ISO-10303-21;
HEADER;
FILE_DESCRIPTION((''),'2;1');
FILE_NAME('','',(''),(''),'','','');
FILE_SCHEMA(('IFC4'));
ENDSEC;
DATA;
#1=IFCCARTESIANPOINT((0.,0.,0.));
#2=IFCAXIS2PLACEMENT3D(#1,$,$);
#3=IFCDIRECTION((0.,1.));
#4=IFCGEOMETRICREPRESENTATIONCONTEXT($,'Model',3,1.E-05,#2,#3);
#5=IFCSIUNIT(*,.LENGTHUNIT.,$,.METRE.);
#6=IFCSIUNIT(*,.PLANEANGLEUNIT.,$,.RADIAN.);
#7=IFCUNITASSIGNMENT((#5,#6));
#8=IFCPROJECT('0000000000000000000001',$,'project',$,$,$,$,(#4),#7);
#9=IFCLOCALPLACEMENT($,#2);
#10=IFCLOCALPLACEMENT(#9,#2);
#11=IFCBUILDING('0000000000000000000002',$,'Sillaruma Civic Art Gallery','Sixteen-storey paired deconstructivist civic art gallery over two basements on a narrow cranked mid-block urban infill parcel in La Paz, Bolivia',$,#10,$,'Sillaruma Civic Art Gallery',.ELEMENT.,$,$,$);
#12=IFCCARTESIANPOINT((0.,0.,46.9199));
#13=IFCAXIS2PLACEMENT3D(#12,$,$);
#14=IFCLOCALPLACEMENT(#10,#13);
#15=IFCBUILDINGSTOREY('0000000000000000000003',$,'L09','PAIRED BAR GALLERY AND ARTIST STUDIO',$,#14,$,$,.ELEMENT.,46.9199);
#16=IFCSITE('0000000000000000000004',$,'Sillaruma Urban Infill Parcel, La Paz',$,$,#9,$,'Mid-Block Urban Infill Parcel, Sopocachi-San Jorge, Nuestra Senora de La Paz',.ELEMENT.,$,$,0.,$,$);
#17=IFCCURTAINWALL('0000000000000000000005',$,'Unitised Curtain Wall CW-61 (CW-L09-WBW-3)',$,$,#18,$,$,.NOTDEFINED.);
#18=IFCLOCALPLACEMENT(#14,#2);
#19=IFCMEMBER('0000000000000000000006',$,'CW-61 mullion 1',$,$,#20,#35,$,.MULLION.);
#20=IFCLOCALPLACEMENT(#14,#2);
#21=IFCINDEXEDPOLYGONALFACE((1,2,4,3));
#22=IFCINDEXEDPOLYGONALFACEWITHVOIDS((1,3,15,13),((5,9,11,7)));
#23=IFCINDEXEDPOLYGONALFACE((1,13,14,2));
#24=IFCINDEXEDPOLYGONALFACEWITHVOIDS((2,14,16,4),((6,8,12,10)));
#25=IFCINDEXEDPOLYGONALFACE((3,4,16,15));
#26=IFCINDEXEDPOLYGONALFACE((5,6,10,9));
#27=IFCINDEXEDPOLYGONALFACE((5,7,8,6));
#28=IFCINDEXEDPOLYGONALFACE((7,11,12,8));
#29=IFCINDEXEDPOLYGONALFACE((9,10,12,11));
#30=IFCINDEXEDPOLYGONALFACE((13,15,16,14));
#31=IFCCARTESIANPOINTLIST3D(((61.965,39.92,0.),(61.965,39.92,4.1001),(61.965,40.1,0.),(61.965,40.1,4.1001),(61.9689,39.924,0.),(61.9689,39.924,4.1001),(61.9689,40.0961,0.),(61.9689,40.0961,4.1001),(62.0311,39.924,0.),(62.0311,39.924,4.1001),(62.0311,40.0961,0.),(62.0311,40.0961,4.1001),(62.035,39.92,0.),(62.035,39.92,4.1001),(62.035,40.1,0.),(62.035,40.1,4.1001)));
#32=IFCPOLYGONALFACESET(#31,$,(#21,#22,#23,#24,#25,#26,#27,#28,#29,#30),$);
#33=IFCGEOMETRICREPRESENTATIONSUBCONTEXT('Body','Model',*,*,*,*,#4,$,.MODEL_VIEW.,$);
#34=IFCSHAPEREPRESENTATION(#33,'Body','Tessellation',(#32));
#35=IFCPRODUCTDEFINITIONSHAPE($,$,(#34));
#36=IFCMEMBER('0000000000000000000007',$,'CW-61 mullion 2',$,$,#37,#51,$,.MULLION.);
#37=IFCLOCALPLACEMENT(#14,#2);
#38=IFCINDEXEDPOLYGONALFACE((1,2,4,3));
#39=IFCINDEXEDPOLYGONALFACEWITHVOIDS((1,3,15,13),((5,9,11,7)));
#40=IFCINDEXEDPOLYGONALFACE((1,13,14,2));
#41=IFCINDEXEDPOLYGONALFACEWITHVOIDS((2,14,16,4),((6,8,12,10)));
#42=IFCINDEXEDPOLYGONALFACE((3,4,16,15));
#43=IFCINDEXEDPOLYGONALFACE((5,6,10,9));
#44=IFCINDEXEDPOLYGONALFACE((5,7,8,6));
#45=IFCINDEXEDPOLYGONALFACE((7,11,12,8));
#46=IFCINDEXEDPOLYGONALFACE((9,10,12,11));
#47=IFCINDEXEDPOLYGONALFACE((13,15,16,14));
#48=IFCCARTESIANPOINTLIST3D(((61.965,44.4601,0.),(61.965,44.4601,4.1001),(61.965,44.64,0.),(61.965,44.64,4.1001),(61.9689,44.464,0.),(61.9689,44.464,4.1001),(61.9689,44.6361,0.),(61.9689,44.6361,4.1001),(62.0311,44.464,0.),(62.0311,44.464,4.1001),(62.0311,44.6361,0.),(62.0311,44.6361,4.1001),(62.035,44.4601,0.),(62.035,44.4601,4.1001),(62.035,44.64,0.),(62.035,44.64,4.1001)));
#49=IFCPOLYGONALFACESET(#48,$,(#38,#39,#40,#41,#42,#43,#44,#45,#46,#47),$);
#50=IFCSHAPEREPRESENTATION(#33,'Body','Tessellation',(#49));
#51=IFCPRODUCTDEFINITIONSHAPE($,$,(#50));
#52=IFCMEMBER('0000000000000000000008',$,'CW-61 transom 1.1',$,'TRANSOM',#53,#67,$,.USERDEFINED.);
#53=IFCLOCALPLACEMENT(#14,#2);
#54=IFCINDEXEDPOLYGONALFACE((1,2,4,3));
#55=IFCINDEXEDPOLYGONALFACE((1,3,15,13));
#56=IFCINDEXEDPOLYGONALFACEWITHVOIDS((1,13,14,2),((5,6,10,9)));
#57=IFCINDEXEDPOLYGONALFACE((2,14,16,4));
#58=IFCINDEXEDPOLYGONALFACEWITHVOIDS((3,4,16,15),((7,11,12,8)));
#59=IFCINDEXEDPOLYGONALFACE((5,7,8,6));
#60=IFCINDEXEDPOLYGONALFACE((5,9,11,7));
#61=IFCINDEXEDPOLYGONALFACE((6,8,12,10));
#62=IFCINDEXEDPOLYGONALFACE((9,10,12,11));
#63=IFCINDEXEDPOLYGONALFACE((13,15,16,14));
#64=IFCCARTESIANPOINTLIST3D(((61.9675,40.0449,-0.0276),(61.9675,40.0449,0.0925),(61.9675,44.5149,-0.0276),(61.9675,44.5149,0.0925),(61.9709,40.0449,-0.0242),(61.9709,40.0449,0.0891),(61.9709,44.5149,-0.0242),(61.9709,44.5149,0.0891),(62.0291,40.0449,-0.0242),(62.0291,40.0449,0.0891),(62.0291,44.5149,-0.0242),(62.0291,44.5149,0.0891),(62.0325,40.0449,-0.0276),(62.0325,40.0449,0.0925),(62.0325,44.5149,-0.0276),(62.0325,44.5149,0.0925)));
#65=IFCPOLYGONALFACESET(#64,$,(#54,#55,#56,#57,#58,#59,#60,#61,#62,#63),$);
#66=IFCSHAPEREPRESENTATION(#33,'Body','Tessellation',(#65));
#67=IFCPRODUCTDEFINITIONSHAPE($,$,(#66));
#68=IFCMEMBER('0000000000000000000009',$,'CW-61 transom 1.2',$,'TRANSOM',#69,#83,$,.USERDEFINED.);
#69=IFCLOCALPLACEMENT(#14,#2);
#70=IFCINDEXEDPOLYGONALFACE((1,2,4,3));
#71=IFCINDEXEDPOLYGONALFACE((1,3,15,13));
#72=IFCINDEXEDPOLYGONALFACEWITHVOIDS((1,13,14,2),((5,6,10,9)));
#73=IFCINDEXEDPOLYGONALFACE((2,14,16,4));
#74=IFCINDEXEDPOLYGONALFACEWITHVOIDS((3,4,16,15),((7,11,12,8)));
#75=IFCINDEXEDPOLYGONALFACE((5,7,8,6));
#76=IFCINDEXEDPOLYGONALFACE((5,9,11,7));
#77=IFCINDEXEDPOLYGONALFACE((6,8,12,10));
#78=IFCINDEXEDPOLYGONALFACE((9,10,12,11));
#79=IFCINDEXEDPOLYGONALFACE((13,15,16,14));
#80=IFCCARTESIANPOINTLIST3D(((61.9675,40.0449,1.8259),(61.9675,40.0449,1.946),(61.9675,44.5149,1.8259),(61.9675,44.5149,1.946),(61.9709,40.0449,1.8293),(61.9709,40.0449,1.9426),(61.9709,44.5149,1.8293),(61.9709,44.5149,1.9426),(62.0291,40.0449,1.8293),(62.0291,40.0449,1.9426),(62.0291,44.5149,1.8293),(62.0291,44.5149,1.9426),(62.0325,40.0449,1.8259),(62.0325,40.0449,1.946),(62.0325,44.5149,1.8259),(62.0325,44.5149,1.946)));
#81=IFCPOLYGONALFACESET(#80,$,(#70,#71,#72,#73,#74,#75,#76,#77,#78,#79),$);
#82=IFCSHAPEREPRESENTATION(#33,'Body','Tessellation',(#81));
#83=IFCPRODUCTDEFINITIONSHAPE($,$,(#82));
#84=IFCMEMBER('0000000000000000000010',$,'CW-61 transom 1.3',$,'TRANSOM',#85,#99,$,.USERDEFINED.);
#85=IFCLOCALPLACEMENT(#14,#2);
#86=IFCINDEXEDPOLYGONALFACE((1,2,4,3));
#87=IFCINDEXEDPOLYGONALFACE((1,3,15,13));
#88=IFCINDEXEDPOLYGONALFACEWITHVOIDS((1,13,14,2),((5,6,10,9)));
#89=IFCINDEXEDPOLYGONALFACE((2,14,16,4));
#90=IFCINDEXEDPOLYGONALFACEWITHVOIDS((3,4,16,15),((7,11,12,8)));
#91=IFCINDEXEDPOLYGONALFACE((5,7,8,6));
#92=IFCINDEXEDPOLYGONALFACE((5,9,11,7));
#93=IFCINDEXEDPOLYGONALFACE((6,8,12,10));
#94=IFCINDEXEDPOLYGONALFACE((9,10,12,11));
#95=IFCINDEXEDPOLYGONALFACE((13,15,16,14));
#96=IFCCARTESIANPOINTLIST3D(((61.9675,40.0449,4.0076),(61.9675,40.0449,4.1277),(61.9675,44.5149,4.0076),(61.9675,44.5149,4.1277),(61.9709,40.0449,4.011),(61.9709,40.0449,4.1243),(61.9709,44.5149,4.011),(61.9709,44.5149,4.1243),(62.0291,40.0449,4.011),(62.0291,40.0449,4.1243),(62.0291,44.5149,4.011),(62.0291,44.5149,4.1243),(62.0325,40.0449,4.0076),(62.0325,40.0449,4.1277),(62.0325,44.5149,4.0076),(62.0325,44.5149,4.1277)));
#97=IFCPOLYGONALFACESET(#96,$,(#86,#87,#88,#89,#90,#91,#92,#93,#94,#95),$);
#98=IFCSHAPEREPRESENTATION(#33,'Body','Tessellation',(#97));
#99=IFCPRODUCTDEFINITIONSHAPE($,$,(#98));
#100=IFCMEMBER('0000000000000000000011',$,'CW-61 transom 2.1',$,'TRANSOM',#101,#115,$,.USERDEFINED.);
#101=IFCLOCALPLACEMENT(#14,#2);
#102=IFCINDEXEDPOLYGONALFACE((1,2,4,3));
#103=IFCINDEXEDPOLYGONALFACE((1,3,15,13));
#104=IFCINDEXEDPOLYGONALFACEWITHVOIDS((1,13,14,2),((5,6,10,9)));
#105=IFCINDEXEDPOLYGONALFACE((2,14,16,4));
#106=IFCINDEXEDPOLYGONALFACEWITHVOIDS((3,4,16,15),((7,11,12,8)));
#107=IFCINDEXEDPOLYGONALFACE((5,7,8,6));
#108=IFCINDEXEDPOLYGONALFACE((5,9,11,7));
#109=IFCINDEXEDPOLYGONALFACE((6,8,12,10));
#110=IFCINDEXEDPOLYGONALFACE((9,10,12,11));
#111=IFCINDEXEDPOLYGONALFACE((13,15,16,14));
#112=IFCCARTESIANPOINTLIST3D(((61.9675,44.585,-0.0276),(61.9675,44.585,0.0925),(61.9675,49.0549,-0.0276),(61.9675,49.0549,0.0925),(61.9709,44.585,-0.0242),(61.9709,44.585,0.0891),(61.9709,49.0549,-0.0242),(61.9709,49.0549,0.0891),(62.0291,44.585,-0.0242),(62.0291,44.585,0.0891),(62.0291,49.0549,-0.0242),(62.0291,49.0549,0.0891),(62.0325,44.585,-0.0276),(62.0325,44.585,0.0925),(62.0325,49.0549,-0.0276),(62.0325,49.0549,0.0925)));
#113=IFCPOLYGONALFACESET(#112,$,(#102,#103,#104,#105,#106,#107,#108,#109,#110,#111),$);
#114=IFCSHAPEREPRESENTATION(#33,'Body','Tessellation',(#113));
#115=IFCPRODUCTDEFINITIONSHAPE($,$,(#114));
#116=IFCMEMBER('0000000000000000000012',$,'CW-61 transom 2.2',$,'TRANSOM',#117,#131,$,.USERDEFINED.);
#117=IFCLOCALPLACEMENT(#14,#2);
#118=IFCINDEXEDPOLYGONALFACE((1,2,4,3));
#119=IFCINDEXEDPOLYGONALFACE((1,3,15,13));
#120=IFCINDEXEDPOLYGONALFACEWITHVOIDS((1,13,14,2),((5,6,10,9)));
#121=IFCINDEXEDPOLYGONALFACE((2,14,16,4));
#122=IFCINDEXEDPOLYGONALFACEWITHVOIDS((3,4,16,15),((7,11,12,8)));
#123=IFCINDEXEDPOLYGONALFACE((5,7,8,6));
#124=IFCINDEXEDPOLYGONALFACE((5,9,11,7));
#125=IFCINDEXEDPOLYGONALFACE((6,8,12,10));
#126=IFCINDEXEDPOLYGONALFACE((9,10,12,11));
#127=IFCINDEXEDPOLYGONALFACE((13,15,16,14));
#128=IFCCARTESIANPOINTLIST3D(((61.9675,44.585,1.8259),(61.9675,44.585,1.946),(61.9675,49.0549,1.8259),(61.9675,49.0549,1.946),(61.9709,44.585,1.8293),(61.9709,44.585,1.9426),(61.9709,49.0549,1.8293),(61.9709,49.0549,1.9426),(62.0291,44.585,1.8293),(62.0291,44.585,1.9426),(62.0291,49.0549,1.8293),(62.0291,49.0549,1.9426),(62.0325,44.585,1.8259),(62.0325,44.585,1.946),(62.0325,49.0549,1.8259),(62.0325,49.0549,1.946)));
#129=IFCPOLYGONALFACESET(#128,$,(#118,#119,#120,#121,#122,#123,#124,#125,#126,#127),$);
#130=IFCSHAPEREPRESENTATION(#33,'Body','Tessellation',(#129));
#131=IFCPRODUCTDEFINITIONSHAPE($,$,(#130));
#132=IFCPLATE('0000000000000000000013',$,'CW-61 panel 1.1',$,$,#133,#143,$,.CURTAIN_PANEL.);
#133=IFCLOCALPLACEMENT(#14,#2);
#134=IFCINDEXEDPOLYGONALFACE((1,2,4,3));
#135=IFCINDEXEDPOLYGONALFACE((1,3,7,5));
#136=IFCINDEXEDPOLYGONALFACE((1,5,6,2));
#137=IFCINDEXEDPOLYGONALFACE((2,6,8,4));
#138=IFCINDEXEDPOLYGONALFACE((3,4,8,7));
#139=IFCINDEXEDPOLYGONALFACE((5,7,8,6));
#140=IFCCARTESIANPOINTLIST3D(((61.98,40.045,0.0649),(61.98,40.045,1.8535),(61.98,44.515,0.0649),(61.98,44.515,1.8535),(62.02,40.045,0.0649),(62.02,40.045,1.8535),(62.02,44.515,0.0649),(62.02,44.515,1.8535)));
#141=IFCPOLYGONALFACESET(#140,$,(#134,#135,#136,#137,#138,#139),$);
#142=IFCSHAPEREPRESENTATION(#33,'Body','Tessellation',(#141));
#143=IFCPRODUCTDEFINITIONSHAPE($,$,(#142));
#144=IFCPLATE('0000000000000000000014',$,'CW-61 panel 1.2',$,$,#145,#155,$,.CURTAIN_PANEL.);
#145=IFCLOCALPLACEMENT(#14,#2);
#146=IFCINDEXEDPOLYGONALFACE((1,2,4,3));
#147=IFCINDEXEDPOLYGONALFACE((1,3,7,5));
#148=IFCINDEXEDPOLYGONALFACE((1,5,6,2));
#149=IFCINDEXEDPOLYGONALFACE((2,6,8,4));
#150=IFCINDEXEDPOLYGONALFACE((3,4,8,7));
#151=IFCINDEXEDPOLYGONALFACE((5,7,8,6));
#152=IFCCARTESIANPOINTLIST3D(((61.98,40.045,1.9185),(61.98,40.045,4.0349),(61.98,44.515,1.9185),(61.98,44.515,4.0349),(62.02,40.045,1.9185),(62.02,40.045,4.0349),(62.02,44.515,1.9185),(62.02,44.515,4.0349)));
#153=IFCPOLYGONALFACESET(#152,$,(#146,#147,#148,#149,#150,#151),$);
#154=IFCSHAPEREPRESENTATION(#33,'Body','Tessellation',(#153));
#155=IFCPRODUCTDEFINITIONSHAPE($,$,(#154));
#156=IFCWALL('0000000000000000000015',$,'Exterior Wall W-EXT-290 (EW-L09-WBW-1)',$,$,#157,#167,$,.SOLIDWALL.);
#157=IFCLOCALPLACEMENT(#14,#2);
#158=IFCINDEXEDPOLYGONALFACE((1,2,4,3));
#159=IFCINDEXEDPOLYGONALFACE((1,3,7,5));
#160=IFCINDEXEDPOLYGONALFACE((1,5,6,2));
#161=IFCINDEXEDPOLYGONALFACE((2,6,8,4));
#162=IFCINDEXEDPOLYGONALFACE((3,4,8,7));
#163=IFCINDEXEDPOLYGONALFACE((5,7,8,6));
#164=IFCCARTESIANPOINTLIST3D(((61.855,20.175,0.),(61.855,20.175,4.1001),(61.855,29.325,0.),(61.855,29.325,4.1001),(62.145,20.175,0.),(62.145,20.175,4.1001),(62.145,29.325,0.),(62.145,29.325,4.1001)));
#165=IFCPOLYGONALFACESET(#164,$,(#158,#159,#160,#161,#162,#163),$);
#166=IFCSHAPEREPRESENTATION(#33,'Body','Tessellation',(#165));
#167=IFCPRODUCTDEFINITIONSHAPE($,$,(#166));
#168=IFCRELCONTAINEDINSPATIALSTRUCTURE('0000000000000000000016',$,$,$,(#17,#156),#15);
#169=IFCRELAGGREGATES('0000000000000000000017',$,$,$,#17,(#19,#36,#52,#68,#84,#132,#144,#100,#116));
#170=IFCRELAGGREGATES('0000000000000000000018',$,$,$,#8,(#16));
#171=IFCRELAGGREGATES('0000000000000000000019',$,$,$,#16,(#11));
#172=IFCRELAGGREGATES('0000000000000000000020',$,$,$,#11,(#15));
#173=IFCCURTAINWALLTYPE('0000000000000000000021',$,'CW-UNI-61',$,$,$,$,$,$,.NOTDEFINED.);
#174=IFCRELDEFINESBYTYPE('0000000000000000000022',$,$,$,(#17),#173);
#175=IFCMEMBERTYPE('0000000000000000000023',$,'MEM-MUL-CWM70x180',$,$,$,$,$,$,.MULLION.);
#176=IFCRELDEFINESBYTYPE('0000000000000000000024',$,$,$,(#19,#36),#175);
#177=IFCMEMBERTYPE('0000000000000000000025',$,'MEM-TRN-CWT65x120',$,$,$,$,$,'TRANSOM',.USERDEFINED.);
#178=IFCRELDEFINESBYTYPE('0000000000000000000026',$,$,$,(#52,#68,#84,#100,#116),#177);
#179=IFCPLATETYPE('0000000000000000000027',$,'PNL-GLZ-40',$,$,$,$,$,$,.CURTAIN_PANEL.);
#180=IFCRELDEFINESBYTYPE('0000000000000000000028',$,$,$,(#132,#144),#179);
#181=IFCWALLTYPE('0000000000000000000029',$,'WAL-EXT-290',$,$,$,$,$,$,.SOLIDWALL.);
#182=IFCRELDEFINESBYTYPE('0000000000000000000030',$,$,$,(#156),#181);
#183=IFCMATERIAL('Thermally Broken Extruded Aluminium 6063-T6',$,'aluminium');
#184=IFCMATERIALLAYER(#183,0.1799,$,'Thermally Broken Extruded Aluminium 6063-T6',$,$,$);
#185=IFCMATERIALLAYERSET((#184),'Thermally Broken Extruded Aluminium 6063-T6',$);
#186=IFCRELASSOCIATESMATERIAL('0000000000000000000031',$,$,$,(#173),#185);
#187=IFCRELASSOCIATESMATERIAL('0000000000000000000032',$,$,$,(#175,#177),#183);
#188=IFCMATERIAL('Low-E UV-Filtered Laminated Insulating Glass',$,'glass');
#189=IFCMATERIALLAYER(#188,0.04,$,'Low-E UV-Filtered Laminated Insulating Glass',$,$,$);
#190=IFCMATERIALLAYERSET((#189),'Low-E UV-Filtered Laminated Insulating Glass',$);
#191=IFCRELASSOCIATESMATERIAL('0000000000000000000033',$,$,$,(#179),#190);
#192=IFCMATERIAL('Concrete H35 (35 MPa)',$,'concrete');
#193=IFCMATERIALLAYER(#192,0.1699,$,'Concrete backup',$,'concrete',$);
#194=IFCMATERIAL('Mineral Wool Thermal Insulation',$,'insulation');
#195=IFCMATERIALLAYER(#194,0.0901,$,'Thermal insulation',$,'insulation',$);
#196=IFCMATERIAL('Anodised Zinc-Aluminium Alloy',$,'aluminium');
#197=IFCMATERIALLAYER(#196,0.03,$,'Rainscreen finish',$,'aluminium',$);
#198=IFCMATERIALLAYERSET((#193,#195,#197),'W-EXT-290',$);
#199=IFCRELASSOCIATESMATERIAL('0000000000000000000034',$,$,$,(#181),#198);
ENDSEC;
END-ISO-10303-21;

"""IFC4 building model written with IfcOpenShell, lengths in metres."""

from ifc_helpers import new_model, si_unit, direction, frame, frame_2d, origin, origin_2d, place, context, subcontext, project, spatial, rectangle, hollow_rectangle, extrude, material, layer, layer_set, material_profile, profile_set, type_object, element, aggregate, save


model = new_model("IFC4")

# Units and contexts
model_context = context("Model", 3, precision=1e-05, world=origin(), true_north=direction((0.0, 1.0)))
body_context = subcontext(model_context, "Body", "Model", "MODEL_VIEW")
ifc_project = project(units=[si_unit("LENGTHUNIT", "METRE"), si_unit("PLANEANGLEUNIT", "RADIAN")], contexts=[model_context])

# Site, building, storey
site_placement = place(None, origin())
site = spatial("IfcSite", under=ifc_project, at=site_placement, Name="Sillaruma Urban Infill Parcel, La Paz", LongName="Mid-Block Urban Infill Parcel, Sopocachi-San Jorge, Nuestra Senora de La Paz", CompositionType="ELEMENT", RefElevation=0.0)
building_placement = place(site_placement, origin())
building = spatial("IfcBuilding", under=site, at=building_placement, Name="Sillaruma Civic Art Gallery", Description="Sixteen-storey paired deconstructivist civic art gallery over two basements on a narrow cranked mid-block urban infill parcel in La Paz, Bolivia", LongName="Sillaruma Civic Art Gallery", CompositionType="ELEMENT")
storey_placement = place(building_placement, frame((0.0, 0.0, 46.9199)))
storey = spatial("IfcBuildingStorey", under=building, at=storey_placement, Name="L09", Description="PAIRED BAR GALLERY AND ARTIST STUDIO", CompositionType="ELEMENT", Elevation=46.9199)

# Shared definitions
ifc_material_1 = material(Name="Concrete H35 (35 MPa)", Category="concrete")

# Curtain wall, members, plates
ifc_material_2 = material(Name="Thermally Broken Extruded Aluminium 6063-T6", Category="aluminium")
ifc_layer_1 = layer(ifc_material_2, 0.1799, Name="Thermally Broken Extruded Aluminium 6063-T6")
ifc_layer_set_1 = layer_set([ifc_layer_1], Name="Thermally Broken Extruded Aluminium 6063-T6")
curtain_wall_type = type_object("IfcCurtainWallType", Name="CW-UNI-61", PredefinedType="NOTDEFINED", material=ifc_layer_set_1)
curtain_wall_placement = place(storey_placement, origin())
curtain_wall = element("IfcCurtainWall", 1, at=curtain_wall_placement, inside=storey, type_object=curtain_wall_type, Name="Unitised Curtain Wall CW-61 (CW-L09-WBW-3)", PredefinedType="NOTDEFINED")
ifc_material_profile_1 = material_profile(ifc_material_2, hollow_rectangle(XDim=0.0701, YDim=0.1799, WallThickness=0.0039, at=origin_2d()), Name="CWM70x180")
ifc_profile_set_1 = profile_set([ifc_material_profile_1], Name="Thermally Broken Extruded Aluminium 6063-T6")
member_type_1 = type_object("IfcMemberType", Name="MEM-MUL-CWM70x180", PredefinedType="MULLION", material=ifc_profile_set_1)
member_1_placement = place(storey_placement, frame((62.0, 40.01, 0.0), z_axis=(0.0, 0.0, 1.0), x_axis=(-1.0, 0.0, 0.0)))
member_1 = element("IfcMember", 2, at=member_1_placement, type_object=member_type_1, Name="CW-61 mullion 1", PredefinedType="MULLION", context=body_context, shape_type="SweptSolid", body=[
    extrude(hollow_rectangle(XDim=0.0701, YDim=0.1799, WallThickness=0.0039, at=origin_2d()), origin(), (0.0, 0.0, 1.0), 4.1001),
])
member_2_placement = place(storey_placement, frame((62.0, 44.55, 0.0), z_axis=(0.0, 0.0, 1.0), x_axis=(-1.0, 0.0, 0.0)))
member_2 = element("IfcMember", 3, at=member_2_placement, type_object=member_type_1, Name="CW-61 mullion 2", PredefinedType="MULLION", context=body_context, shape_type="SweptSolid", body=[
    extrude(hollow_rectangle(XDim=0.0701, YDim=0.1799, WallThickness=0.0039, at=origin_2d()), origin(), (0.0, 0.0, 1.0), 4.1001),
])
ifc_material_profile_2 = material_profile(ifc_material_2, hollow_rectangle(XDim=0.0649, YDim=0.1201, WallThickness=0.0034, at=origin_2d()), Name="CWT65x120")
ifc_profile_set_2 = profile_set([ifc_material_profile_2], Name="Thermally Broken Extruded Aluminium 6063-T6")
member_type_2 = type_object("IfcMemberType", Name="MEM-TRN-CWT65x120", ElementType="TRANSOM", PredefinedType="USERDEFINED", material=ifc_profile_set_2)
member_3_placement = place(storey_placement, frame((62.0, 40.0449, 0.0325), z_axis=(0.0, 1.0, 0.0), x_axis=(-1.0, 0.0, 0.0)))
member_3 = element("IfcMember", 4, at=member_3_placement, type_object=member_type_2, Name="CW-61 transom 1.1", ObjectType="TRANSOM", PredefinedType="USERDEFINED", context=body_context, shape_type="SweptSolid", body=[
    extrude(hollow_rectangle(XDim=0.0649, YDim=0.1201, WallThickness=0.0034, at=origin_2d()), origin(), (0.0, 0.0, 1.0), 4.47),
])
member_4_placement = place(storey_placement, frame((62.0, 40.0449, 1.886), z_axis=(0.0, 1.0, 0.0), x_axis=(-1.0, 0.0, 0.0)))
member_4 = element("IfcMember", 5, at=member_4_placement, type_object=member_type_2, Name="CW-61 transom 1.2", ObjectType="TRANSOM", PredefinedType="USERDEFINED", context=body_context, shape_type="SweptSolid", body=[
    extrude(hollow_rectangle(XDim=0.0649, YDim=0.1201, WallThickness=0.0034, at=origin_2d()), origin(), (0.0, 0.0, 1.0), 4.47),
])
member_5_placement = place(storey_placement, frame((62.0, 40.0449, 4.0676), z_axis=(0.0, 1.0, 0.0), x_axis=(-1.0, 0.0, 0.0)))
member_5 = element("IfcMember", 6, at=member_5_placement, type_object=member_type_2, Name="CW-61 transom 1.3", ObjectType="TRANSOM", PredefinedType="USERDEFINED", context=body_context, shape_type="SweptSolid", body=[
    extrude(hollow_rectangle(XDim=0.0649, YDim=0.1201, WallThickness=0.0034, at=origin_2d()), origin(), (0.0, 0.0, 1.0), 4.47),
])
member_6_placement = place(storey_placement, frame((62.0, 44.585, 0.0325), z_axis=(0.0, 1.0, 0.0), x_axis=(-1.0, 0.0, 0.0)))
member_6 = element("IfcMember", 7, at=member_6_placement, type_object=member_type_2, Name="CW-61 transom 2.1", ObjectType="TRANSOM", PredefinedType="USERDEFINED", context=body_context, shape_type="SweptSolid", body=[
    extrude(hollow_rectangle(XDim=0.0649, YDim=0.1201, WallThickness=0.0034, at=origin_2d()), origin(), (0.0, 0.0, 1.0), 4.47),
])
member_7_placement = place(storey_placement, frame((62.0, 44.585, 1.886), z_axis=(0.0, 1.0, 0.0), x_axis=(-1.0, 0.0, 0.0)))
member_7 = element("IfcMember", 8, at=member_7_placement, type_object=member_type_2, Name="CW-61 transom 2.2", ObjectType="TRANSOM", PredefinedType="USERDEFINED", context=body_context, shape_type="SweptSolid", body=[
    extrude(hollow_rectangle(XDim=0.0649, YDim=0.1201, WallThickness=0.0034, at=origin_2d()), origin(), (0.0, 0.0, 1.0), 4.47),
])
ifc_material_3 = material(Name="Low-E UV-Filtered Laminated Insulating Glass", Category="glass")
ifc_layer_2 = layer(ifc_material_3, 0.04, Name="Low-E UV-Filtered Laminated Insulating Glass")
ifc_layer_set_2 = layer_set([ifc_layer_2], Name="Low-E UV-Filtered Laminated Insulating Glass")
plate_type = type_object("IfcPlateType", Name="PNL-GLZ-40", PredefinedType="CURTAIN_PANEL", material=ifc_layer_set_2)
plate_1_placement = place(storey_placement, frame((62.0, 42.28, 0.0649), z_axis=(0.0, 0.0, 1.0), x_axis=(0.0, 1.0, 0.0)))
plate_1 = element("IfcPlate", 9, at=plate_1_placement, type_object=plate_type, Name="CW-61 panel 1.1", PredefinedType="CURTAIN_PANEL", context=body_context, shape_type="SweptSolid", body=[
    extrude(rectangle(XDim=4.47, YDim=0.04, at=origin_2d()), origin(), (0.0, 0.0, 1.0), 1.7886),
])
plate_2_placement = place(storey_placement, frame((62.0, 42.28, 1.9185), z_axis=(0.0, 0.0, 1.0), x_axis=(0.0, 1.0, 0.0)))
plate_2 = element("IfcPlate", 10, at=plate_2_placement, type_object=plate_type, Name="CW-61 panel 1.2", PredefinedType="CURTAIN_PANEL", context=body_context, shape_type="SweptSolid", body=[
    extrude(rectangle(XDim=4.47, YDim=0.04, at=origin_2d()), origin(), (0.0, 0.0, 1.0), 2.1165),
])
aggregate(curtain_wall, [member_1, member_2, member_3, member_4, member_5, plate_1, plate_2, member_6, member_7])

# Wall
ifc_layer_3 = layer(ifc_material_1, 0.1699, Name="Concrete backup", Category="concrete")
ifc_material_4 = material(Name="Mineral Wool Thermal Insulation", Category="insulation")
ifc_layer_4 = layer(ifc_material_4, 0.0901, Name="Thermal insulation", Category="insulation")
ifc_material_5 = material(Name="Anodised Zinc-Aluminium Alloy", Category="aluminium")
ifc_layer_5 = layer(ifc_material_5, 0.03, Name="Rainscreen finish", Category="aluminium")
ifc_layer_set_3 = layer_set([ifc_layer_3, ifc_layer_4, ifc_layer_5], Name="W-EXT-290")
wall_type_1 = type_object("IfcWallType", Name="WAL-EXT-290", PredefinedType="SOLIDWALL", material=ifc_layer_set_3)
wall_1_placement = place(storey_placement, frame((62.0, 20.175, 0.0), z_axis=(0.0, 0.0, 1.0), x_axis=(0.0, 1.0, 0.0)))
element("IfcWall", 11, at=wall_1_placement, inside=storey, type_object=wall_type_1, Name="Exterior Wall W-EXT-290 (EW-L09-WBW-1)", PredefinedType="SOLIDWALL", context=body_context, shape_type="SweptSolid", body=[
    extrude(rectangle(XDim=9.1499, YDim=0.29, at=frame_2d((4.575, 0.0))), origin(), (0.0, 0.0, 1.0), 4.1001),
])

save(model, "model.ifc")
